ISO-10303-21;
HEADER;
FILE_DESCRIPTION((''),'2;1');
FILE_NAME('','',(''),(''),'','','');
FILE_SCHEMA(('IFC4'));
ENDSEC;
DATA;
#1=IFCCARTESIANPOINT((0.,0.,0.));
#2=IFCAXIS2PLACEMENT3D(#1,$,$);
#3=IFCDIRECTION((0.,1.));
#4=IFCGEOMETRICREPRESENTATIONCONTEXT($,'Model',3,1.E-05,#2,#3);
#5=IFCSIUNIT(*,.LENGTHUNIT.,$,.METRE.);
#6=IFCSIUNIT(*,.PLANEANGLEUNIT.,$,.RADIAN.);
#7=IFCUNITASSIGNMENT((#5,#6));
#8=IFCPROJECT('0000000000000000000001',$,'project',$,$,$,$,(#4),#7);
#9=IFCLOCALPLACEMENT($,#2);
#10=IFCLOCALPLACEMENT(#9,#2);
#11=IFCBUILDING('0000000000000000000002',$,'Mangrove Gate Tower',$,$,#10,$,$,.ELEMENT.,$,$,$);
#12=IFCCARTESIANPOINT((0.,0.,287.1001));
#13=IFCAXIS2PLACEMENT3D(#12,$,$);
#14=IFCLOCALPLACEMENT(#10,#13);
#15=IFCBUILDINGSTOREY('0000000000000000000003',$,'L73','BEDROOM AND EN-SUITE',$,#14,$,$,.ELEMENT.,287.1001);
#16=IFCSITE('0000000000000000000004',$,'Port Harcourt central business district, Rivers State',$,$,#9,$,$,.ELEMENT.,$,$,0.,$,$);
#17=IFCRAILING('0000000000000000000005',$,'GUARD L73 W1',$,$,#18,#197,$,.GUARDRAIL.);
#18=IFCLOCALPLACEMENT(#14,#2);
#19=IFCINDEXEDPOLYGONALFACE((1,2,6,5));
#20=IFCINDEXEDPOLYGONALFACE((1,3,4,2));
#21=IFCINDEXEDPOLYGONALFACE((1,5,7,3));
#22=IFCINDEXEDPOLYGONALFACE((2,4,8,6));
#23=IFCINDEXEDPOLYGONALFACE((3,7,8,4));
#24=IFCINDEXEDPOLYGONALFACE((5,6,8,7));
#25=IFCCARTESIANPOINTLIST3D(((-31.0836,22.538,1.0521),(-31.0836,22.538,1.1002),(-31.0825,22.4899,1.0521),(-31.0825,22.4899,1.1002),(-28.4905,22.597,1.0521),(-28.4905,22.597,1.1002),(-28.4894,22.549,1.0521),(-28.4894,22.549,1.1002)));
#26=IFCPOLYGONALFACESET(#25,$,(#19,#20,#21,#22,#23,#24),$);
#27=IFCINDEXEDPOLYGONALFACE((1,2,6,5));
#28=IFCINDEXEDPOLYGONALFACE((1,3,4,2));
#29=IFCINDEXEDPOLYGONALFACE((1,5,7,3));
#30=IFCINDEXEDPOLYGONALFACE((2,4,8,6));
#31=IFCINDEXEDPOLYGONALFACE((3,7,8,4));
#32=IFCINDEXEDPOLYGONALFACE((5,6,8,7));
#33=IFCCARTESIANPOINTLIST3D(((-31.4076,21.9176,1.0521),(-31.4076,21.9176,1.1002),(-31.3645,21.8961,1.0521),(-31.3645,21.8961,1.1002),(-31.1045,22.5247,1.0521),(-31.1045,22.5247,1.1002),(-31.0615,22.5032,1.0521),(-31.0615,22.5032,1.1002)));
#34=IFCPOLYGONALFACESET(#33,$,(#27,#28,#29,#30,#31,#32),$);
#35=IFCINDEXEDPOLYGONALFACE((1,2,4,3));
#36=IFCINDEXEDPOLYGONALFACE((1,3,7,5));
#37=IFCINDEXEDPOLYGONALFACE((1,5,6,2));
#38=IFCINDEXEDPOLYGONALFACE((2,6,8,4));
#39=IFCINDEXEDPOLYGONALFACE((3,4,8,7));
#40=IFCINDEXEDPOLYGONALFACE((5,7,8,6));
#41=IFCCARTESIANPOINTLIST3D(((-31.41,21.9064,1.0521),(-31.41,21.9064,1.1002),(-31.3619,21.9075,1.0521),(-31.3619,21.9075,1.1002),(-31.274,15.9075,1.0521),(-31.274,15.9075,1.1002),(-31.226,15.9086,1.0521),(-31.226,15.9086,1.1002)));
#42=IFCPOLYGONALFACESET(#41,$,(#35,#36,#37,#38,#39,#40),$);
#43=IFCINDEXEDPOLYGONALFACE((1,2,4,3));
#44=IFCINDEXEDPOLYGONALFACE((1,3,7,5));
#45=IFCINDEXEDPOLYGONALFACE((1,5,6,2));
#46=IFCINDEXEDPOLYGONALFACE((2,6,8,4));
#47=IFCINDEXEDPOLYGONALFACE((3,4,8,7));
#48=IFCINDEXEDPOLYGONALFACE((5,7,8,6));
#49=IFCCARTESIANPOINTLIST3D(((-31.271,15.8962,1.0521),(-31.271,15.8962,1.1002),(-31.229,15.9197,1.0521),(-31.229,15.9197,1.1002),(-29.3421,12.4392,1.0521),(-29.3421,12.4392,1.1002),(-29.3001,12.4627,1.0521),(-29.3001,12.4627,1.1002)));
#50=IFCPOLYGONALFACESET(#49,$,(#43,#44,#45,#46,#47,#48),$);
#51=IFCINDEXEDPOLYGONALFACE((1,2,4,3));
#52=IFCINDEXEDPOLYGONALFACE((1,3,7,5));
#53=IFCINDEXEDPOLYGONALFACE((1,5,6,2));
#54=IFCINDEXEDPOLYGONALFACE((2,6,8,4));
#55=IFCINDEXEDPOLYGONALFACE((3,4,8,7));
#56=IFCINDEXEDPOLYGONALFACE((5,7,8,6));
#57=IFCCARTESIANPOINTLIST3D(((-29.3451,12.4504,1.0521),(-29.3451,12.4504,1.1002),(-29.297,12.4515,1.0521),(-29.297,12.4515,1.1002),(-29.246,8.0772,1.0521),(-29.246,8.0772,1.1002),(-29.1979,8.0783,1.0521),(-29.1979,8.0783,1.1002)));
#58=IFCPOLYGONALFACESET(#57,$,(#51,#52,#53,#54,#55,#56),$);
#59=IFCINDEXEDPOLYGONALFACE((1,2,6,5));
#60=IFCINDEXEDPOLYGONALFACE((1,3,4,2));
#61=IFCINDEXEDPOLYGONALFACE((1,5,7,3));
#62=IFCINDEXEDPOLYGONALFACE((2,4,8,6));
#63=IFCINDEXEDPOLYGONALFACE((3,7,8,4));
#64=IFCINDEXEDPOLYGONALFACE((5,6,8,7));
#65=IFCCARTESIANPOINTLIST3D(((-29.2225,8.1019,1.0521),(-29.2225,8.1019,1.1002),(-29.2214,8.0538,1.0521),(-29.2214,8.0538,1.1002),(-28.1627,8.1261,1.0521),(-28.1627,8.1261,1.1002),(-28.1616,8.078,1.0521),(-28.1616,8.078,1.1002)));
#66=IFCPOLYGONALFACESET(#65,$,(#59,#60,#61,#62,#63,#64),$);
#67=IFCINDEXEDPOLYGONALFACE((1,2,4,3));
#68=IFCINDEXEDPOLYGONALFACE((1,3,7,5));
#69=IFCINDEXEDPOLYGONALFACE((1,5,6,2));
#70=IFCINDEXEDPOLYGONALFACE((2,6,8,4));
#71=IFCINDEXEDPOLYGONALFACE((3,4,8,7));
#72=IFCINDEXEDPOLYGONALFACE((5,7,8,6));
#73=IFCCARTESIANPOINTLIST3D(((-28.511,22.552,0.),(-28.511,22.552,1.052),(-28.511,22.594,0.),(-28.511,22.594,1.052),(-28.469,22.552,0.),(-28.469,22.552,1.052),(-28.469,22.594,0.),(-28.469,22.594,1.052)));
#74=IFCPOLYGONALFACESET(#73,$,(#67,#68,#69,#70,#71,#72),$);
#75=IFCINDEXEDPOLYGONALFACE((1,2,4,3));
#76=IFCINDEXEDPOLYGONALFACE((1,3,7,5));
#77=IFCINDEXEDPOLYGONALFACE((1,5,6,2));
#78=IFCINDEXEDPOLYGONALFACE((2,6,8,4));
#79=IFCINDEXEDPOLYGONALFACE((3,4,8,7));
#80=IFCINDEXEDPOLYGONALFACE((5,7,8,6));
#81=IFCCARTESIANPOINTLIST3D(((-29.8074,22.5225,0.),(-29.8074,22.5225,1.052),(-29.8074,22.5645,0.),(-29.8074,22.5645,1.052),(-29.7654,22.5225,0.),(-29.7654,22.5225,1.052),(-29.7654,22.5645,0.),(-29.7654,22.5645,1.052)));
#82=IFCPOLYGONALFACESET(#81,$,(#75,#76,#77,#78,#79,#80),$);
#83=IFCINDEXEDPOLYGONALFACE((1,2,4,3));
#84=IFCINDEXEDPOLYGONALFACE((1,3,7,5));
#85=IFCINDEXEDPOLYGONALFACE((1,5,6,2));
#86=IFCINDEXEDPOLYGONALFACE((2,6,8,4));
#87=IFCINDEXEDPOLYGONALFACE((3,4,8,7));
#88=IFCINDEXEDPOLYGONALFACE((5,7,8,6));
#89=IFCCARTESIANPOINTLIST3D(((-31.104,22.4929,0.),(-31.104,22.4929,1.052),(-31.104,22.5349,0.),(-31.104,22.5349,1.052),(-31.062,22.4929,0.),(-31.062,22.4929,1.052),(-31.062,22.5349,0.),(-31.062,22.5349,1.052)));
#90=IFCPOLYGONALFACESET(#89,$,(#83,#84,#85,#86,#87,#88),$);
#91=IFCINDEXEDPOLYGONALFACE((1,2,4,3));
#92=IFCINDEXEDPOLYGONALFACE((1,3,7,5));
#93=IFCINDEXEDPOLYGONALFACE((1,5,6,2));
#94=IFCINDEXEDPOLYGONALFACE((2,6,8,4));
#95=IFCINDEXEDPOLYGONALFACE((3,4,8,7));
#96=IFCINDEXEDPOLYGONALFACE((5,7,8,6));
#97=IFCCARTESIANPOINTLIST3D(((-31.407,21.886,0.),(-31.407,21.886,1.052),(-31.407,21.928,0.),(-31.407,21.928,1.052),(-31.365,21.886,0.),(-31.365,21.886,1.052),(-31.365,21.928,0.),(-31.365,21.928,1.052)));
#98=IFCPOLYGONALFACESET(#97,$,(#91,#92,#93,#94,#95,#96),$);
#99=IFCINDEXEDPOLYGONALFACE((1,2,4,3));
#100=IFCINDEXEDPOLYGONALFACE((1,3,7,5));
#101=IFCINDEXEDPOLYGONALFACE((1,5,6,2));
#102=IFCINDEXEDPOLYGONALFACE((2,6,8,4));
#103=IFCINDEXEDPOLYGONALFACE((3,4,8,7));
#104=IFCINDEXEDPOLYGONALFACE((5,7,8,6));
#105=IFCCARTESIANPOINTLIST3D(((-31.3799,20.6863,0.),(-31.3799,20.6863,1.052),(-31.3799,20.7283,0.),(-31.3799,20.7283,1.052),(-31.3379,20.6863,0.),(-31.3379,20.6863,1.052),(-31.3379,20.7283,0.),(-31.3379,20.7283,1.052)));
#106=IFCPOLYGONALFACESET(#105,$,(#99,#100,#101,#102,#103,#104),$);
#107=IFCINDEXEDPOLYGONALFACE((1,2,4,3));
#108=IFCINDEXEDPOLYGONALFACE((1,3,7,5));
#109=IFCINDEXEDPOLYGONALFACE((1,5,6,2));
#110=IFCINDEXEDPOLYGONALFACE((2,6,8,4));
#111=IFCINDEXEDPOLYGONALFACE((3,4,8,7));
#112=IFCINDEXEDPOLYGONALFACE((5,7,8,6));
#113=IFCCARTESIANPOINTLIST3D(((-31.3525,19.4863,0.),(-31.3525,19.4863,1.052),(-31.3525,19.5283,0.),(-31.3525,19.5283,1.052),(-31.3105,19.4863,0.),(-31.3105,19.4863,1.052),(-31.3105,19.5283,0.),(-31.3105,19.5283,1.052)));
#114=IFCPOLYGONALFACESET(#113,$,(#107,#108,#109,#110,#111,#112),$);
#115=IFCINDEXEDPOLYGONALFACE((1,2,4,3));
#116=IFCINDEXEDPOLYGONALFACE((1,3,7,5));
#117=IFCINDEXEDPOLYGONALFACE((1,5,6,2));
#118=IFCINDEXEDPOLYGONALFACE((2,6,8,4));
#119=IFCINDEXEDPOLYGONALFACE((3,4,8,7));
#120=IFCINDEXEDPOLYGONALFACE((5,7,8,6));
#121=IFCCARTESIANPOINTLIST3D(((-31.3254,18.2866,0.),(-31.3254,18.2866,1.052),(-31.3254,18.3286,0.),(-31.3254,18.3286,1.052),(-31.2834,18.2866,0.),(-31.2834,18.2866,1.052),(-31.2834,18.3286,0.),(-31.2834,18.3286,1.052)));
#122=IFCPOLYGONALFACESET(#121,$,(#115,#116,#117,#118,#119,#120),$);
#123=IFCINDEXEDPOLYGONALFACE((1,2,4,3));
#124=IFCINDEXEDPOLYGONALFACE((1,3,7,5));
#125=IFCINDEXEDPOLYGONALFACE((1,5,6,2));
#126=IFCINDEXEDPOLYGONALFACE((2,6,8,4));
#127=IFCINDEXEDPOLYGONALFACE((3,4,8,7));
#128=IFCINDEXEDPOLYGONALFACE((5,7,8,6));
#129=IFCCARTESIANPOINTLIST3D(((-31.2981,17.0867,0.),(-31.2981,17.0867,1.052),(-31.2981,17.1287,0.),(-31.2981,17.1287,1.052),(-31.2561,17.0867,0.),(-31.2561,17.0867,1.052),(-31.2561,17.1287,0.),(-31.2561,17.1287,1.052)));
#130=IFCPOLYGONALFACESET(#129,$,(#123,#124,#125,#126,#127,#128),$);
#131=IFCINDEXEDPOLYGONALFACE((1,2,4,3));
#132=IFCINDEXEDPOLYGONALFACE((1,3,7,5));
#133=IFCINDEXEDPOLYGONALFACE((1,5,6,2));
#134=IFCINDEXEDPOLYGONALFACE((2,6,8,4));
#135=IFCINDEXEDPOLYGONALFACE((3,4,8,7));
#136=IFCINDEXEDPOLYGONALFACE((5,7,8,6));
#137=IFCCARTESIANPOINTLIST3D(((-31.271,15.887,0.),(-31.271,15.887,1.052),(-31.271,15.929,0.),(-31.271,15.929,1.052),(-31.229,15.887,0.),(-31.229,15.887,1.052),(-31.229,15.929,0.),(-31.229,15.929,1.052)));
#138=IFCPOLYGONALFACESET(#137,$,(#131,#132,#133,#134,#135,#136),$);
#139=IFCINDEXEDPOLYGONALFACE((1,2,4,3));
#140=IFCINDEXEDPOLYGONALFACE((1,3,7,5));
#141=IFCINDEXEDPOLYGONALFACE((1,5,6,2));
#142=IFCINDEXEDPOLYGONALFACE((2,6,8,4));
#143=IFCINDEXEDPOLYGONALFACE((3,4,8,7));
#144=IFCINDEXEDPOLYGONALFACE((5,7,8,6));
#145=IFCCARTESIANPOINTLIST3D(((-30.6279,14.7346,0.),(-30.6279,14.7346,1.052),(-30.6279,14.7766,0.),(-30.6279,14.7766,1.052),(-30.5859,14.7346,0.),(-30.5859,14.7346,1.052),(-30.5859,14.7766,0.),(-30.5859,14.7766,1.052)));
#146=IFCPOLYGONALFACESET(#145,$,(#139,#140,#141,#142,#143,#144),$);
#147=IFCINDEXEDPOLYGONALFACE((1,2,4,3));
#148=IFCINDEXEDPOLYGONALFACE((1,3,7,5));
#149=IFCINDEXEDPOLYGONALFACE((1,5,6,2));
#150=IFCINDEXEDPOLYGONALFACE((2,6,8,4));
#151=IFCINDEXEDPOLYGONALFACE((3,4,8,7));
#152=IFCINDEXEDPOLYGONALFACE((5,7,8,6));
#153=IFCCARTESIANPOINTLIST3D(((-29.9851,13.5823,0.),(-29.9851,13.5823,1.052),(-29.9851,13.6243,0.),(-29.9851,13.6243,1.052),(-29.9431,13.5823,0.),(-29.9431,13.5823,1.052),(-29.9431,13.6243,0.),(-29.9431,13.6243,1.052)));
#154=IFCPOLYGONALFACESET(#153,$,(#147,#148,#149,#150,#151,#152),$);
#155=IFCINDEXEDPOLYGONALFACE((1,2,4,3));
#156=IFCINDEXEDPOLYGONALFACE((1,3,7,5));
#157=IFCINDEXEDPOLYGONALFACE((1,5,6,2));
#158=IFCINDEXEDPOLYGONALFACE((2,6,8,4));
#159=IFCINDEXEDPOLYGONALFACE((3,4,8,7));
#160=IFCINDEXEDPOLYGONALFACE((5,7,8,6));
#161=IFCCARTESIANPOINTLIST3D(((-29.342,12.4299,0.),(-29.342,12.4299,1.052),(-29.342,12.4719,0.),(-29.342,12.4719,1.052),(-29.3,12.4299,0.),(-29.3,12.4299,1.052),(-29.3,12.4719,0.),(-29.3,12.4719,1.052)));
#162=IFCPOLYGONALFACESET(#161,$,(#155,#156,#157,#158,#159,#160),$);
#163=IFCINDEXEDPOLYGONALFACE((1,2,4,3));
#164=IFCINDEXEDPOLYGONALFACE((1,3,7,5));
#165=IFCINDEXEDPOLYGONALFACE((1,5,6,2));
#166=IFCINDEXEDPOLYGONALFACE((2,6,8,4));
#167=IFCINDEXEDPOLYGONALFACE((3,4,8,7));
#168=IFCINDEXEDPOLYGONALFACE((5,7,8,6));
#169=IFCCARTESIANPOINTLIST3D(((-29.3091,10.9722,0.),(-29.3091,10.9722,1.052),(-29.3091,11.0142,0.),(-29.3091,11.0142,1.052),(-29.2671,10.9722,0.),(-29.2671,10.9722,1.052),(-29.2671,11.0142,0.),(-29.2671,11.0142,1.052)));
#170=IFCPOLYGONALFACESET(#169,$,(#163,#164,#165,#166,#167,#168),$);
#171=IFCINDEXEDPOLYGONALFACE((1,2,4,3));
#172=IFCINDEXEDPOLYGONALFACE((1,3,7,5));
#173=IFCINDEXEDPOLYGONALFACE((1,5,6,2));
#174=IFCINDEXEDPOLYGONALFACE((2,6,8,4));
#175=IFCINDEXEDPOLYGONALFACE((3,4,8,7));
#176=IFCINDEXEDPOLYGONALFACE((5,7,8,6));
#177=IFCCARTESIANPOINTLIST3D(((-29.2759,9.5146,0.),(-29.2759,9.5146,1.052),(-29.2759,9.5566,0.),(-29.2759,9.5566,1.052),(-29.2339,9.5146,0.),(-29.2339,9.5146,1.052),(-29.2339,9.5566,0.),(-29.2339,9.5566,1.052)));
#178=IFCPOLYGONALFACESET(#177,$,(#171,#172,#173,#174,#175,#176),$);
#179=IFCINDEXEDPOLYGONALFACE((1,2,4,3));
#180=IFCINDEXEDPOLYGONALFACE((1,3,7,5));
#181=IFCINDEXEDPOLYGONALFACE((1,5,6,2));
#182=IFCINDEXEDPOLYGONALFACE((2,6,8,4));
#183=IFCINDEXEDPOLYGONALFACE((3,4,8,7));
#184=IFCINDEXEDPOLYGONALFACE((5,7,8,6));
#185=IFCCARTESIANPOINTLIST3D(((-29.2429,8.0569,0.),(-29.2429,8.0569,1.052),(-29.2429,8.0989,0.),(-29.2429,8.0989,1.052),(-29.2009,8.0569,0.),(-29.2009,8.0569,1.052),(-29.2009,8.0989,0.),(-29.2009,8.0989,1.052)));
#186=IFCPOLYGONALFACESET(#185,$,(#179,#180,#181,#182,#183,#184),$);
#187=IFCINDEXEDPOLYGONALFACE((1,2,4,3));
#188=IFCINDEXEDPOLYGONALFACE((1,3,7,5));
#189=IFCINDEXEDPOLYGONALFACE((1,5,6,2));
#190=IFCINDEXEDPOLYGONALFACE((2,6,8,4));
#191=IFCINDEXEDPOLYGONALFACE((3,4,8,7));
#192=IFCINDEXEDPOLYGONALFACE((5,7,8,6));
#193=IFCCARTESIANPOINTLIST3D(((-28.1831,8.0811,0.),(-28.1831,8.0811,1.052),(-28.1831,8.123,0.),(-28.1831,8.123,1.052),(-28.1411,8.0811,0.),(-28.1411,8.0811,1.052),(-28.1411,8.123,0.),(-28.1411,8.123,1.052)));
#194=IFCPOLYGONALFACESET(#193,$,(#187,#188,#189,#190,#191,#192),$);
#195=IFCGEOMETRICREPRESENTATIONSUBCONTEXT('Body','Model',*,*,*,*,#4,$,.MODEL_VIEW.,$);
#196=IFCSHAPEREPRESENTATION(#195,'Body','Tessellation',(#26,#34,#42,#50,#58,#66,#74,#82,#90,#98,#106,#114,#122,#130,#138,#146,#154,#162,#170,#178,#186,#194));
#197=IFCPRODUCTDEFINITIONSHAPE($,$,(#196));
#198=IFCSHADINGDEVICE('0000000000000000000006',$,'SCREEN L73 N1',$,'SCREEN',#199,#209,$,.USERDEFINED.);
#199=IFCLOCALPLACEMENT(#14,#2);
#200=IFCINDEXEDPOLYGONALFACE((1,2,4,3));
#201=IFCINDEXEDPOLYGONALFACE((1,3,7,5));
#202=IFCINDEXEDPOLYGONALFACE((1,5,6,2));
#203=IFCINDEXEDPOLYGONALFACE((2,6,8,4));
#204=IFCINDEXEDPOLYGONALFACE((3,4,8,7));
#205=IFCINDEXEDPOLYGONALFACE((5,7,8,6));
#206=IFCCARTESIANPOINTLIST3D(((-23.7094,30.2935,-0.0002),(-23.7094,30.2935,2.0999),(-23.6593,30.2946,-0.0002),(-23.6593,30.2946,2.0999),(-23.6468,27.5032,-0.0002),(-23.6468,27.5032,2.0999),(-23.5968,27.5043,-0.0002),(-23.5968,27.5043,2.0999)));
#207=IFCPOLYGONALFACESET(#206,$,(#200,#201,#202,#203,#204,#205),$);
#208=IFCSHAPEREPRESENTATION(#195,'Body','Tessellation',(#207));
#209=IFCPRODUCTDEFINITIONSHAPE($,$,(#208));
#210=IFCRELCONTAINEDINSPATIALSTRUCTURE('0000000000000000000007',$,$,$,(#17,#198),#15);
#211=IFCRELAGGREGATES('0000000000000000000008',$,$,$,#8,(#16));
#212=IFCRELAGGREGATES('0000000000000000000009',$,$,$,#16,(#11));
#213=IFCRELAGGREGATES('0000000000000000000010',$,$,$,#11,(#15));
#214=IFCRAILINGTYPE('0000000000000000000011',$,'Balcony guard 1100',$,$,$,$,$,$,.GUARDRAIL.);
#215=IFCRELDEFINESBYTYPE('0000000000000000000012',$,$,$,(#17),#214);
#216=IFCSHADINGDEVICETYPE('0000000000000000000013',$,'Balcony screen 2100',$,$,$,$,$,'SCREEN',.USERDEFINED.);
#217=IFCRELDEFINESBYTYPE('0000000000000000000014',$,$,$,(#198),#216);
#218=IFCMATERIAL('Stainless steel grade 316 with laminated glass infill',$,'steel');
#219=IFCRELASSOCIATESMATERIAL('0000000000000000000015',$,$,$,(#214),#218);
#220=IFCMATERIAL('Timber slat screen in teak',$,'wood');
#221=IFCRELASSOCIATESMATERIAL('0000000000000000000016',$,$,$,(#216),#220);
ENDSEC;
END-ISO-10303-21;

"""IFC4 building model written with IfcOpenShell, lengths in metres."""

from ifc_helpers import new_model, si_unit, direction, frame, origin, origin_2d, place, context, subcontext, project, spatial, rectangle, extrude, material, type_object, element, save


model = new_model("IFC4")

# Units and contexts
model_context = context("Model", 3, precision=1e-05, world=origin(), true_north=direction((0.0, 1.0)))
body_context = subcontext(model_context, "Body", "Model", "MODEL_VIEW")
ifc_project = project(units=[si_unit("LENGTHUNIT", "METRE"), si_unit("PLANEANGLEUNIT", "RADIAN")], contexts=[model_context])

# Site, building, storey
site_placement = place(None, origin())
site = spatial("IfcSite", under=ifc_project, at=site_placement, Name="Port Harcourt central business district, Rivers State", CompositionType="ELEMENT", RefElevation=0.0)
building_placement = place(site_placement, origin())
building = spatial("IfcBuilding", under=site, at=building_placement, Name="Mangrove Gate Tower", CompositionType="ELEMENT")
storey_placement = place(building_placement, frame((0.0, 0.0, 287.1001)))
storey = spatial("IfcBuildingStorey", under=building, at=storey_placement, Name="L73", Description="BEDROOM AND EN-SUITE", CompositionType="ELEMENT", Elevation=287.1001)

# Railing
ifc_material_1 = material(Name="Stainless steel grade 316 with laminated glass infill", Category="steel")
railing_type = type_object("IfcRailingType", Name="Balcony guard 1100", PredefinedType="GUARDRAIL", material=ifc_material_1)
railing_placement = place(storey_placement, frame((-28.49, 22.573, 0.0)))
element("IfcRailing", 1, at=railing_placement, inside=storey, type_object=railing_type, Name="GUARD L73 W1", PredefinedType="GUARDRAIL", context=body_context, shape_type="SweptSolid", body=[
    extrude(rectangle(XDim=0.0481, YDim=0.0481, at=origin_2d()), frame((0.0, 0.0, 1.0762), z_axis=(-0.999741, -0.022779, 0.0), x_axis=(0.022779, -0.999741, 0.0)), (0.0, 0.0, 1.0), 2.5938),
    extrude(rectangle(XDim=0.0481, YDim=0.0481, at=origin_2d()), frame((-2.593, -0.0591, 1.0762), z_axis=(-0.446638, -0.894715, 0.0), x_axis=(0.894715, -0.446638, 0.0)), (0.0, 0.0, 1.0), 0.6785),
    extrude(rectangle(XDim=0.0481, YDim=0.0481, at=origin_2d()), frame((-2.896, -0.666, 1.0762), z_axis=(0.022662, -0.999743, 0.0), x_axis=(0.999743, 0.022662, 0.0)), (0.0, 0.0, 1.0), 6.0005),
    extrude(rectangle(XDim=0.0481, YDim=0.0481, at=origin_2d()), frame((-2.76, -6.665, 1.0762), z_axis=(0.48726, -0.873257, 0.0), x_axis=(0.873257, 0.48726, 0.0)), (0.0, 0.0, 1.0), 3.9587),
    extrude(rectangle(XDim=0.0481, YDim=0.0481, at=origin_2d()), frame((-0.8311, -10.1221, 1.0762), z_axis=(0.022661, -0.999743, 0.0), x_axis=(0.999743, 0.022661, 0.0)), (0.0, 0.0, 1.0), 4.3743),
    extrude(rectangle(XDim=0.0481, YDim=0.0481, at=origin_2d()), frame((-0.7319, -14.4951, 1.0762), z_axis=(0.99974, 0.0228, 0.0), x_axis=(-0.0228, 0.99974, 0.0)), (0.0, 0.0, 1.0), 1.0601),
    extrude(rectangle(XDim=0.042, YDim=0.042, at=origin_2d()), origin(), (0.0, 0.0, 1.0), 1.052),
    extrude(rectangle(XDim=0.042, YDim=0.042, at=origin_2d()), frame((-1.2964, -0.0295, 0.0)), (0.0, 0.0, 1.0), 1.052),
    extrude(rectangle(XDim=0.042, YDim=0.042, at=origin_2d()), frame((-2.593, -0.0591, 0.0)), (0.0, 0.0, 1.0), 1.052),
    extrude(rectangle(XDim=0.042, YDim=0.042, at=origin_2d()), frame((-2.896, -0.666, 0.0)), (0.0, 0.0, 1.0), 1.052),
    extrude(rectangle(XDim=0.042, YDim=0.042, at=origin_2d()), frame((-2.8689, -1.8657, 0.0)), (0.0, 0.0, 1.0), 1.052),
    extrude(rectangle(XDim=0.042, YDim=0.042, at=origin_2d()), frame((-2.8416, -3.0657, 0.0)), (0.0, 0.0, 1.0), 1.052),
    extrude(rectangle(XDim=0.042, YDim=0.042, at=origin_2d()), frame((-2.8145, -4.2654, 0.0)), (0.0, 0.0, 1.0), 1.052),
    extrude(rectangle(XDim=0.042, YDim=0.042, at=origin_2d()), frame((-2.7871, -5.4653, 0.0)), (0.0, 0.0, 1.0), 1.052),
    extrude(rectangle(XDim=0.042, YDim=0.042, at=origin_2d()), frame((-2.76, -6.665, 0.0)), (0.0, 0.0, 1.0), 1.052),
    extrude(rectangle(XDim=0.042, YDim=0.042, at=origin_2d()), frame((-2.1169, -7.8174, 0.0)), (0.0, 0.0, 1.0), 1.052),
    extrude(rectangle(XDim=0.042, YDim=0.042, at=origin_2d()), frame((-1.4741, -8.9697, 0.0)), (0.0, 0.0, 1.0), 1.052),
    extrude(rectangle(XDim=0.042, YDim=0.042, at=origin_2d()), frame((-0.8311, -10.1221, 0.0)), (0.0, 0.0, 1.0), 1.052),
    extrude(rectangle(XDim=0.042, YDim=0.042, at=origin_2d()), frame((-0.7981, -11.5798, 0.0)), (0.0, 0.0, 1.0), 1.052),
    extrude(rectangle(XDim=0.042, YDim=0.042, at=origin_2d()), frame((-0.7649, -13.0374, 0.0)), (0.0, 0.0, 1.0), 1.052),
    extrude(rectangle(XDim=0.042, YDim=0.042, at=origin_2d()), frame((-0.7319, -14.4951, 0.0)), (0.0, 0.0, 1.0), 1.052),
    extrude(rectangle(XDim=0.042, YDim=0.042, at=origin_2d()), frame((0.3279, -14.4709, 0.0)), (0.0, 0.0, 1.0), 1.052),
])

# Shading device
ifc_material_2 = material(Name="Timber slat screen in teak", Category="wood")
shading_device_type = type_object("IfcShadingDeviceType", Name="Balcony screen 2100", ElementType="SCREEN", PredefinedType="USERDEFINED", material=ifc_material_2)
shading_device_placement = place(storey_placement, frame((-23.6531, 28.8989, -0.0002), z_axis=(0.0, 0.0, 1.0), x_axis=(-0.022408, 0.999749, 0.0)))
element("IfcShadingDevice", 2, at=shading_device_placement, inside=storey, type_object=shading_device_type, Name="SCREEN L73 N1", ObjectType="SCREEN", PredefinedType="USERDEFINED", context=body_context, shape_type="SweptSolid", body=[
    extrude(rectangle(XDim=2.791, YDim=0.05, at=origin_2d()), origin(), (0.0, 0.0, 1.0), 2.1001),
])

save(model, "model.ifc")
